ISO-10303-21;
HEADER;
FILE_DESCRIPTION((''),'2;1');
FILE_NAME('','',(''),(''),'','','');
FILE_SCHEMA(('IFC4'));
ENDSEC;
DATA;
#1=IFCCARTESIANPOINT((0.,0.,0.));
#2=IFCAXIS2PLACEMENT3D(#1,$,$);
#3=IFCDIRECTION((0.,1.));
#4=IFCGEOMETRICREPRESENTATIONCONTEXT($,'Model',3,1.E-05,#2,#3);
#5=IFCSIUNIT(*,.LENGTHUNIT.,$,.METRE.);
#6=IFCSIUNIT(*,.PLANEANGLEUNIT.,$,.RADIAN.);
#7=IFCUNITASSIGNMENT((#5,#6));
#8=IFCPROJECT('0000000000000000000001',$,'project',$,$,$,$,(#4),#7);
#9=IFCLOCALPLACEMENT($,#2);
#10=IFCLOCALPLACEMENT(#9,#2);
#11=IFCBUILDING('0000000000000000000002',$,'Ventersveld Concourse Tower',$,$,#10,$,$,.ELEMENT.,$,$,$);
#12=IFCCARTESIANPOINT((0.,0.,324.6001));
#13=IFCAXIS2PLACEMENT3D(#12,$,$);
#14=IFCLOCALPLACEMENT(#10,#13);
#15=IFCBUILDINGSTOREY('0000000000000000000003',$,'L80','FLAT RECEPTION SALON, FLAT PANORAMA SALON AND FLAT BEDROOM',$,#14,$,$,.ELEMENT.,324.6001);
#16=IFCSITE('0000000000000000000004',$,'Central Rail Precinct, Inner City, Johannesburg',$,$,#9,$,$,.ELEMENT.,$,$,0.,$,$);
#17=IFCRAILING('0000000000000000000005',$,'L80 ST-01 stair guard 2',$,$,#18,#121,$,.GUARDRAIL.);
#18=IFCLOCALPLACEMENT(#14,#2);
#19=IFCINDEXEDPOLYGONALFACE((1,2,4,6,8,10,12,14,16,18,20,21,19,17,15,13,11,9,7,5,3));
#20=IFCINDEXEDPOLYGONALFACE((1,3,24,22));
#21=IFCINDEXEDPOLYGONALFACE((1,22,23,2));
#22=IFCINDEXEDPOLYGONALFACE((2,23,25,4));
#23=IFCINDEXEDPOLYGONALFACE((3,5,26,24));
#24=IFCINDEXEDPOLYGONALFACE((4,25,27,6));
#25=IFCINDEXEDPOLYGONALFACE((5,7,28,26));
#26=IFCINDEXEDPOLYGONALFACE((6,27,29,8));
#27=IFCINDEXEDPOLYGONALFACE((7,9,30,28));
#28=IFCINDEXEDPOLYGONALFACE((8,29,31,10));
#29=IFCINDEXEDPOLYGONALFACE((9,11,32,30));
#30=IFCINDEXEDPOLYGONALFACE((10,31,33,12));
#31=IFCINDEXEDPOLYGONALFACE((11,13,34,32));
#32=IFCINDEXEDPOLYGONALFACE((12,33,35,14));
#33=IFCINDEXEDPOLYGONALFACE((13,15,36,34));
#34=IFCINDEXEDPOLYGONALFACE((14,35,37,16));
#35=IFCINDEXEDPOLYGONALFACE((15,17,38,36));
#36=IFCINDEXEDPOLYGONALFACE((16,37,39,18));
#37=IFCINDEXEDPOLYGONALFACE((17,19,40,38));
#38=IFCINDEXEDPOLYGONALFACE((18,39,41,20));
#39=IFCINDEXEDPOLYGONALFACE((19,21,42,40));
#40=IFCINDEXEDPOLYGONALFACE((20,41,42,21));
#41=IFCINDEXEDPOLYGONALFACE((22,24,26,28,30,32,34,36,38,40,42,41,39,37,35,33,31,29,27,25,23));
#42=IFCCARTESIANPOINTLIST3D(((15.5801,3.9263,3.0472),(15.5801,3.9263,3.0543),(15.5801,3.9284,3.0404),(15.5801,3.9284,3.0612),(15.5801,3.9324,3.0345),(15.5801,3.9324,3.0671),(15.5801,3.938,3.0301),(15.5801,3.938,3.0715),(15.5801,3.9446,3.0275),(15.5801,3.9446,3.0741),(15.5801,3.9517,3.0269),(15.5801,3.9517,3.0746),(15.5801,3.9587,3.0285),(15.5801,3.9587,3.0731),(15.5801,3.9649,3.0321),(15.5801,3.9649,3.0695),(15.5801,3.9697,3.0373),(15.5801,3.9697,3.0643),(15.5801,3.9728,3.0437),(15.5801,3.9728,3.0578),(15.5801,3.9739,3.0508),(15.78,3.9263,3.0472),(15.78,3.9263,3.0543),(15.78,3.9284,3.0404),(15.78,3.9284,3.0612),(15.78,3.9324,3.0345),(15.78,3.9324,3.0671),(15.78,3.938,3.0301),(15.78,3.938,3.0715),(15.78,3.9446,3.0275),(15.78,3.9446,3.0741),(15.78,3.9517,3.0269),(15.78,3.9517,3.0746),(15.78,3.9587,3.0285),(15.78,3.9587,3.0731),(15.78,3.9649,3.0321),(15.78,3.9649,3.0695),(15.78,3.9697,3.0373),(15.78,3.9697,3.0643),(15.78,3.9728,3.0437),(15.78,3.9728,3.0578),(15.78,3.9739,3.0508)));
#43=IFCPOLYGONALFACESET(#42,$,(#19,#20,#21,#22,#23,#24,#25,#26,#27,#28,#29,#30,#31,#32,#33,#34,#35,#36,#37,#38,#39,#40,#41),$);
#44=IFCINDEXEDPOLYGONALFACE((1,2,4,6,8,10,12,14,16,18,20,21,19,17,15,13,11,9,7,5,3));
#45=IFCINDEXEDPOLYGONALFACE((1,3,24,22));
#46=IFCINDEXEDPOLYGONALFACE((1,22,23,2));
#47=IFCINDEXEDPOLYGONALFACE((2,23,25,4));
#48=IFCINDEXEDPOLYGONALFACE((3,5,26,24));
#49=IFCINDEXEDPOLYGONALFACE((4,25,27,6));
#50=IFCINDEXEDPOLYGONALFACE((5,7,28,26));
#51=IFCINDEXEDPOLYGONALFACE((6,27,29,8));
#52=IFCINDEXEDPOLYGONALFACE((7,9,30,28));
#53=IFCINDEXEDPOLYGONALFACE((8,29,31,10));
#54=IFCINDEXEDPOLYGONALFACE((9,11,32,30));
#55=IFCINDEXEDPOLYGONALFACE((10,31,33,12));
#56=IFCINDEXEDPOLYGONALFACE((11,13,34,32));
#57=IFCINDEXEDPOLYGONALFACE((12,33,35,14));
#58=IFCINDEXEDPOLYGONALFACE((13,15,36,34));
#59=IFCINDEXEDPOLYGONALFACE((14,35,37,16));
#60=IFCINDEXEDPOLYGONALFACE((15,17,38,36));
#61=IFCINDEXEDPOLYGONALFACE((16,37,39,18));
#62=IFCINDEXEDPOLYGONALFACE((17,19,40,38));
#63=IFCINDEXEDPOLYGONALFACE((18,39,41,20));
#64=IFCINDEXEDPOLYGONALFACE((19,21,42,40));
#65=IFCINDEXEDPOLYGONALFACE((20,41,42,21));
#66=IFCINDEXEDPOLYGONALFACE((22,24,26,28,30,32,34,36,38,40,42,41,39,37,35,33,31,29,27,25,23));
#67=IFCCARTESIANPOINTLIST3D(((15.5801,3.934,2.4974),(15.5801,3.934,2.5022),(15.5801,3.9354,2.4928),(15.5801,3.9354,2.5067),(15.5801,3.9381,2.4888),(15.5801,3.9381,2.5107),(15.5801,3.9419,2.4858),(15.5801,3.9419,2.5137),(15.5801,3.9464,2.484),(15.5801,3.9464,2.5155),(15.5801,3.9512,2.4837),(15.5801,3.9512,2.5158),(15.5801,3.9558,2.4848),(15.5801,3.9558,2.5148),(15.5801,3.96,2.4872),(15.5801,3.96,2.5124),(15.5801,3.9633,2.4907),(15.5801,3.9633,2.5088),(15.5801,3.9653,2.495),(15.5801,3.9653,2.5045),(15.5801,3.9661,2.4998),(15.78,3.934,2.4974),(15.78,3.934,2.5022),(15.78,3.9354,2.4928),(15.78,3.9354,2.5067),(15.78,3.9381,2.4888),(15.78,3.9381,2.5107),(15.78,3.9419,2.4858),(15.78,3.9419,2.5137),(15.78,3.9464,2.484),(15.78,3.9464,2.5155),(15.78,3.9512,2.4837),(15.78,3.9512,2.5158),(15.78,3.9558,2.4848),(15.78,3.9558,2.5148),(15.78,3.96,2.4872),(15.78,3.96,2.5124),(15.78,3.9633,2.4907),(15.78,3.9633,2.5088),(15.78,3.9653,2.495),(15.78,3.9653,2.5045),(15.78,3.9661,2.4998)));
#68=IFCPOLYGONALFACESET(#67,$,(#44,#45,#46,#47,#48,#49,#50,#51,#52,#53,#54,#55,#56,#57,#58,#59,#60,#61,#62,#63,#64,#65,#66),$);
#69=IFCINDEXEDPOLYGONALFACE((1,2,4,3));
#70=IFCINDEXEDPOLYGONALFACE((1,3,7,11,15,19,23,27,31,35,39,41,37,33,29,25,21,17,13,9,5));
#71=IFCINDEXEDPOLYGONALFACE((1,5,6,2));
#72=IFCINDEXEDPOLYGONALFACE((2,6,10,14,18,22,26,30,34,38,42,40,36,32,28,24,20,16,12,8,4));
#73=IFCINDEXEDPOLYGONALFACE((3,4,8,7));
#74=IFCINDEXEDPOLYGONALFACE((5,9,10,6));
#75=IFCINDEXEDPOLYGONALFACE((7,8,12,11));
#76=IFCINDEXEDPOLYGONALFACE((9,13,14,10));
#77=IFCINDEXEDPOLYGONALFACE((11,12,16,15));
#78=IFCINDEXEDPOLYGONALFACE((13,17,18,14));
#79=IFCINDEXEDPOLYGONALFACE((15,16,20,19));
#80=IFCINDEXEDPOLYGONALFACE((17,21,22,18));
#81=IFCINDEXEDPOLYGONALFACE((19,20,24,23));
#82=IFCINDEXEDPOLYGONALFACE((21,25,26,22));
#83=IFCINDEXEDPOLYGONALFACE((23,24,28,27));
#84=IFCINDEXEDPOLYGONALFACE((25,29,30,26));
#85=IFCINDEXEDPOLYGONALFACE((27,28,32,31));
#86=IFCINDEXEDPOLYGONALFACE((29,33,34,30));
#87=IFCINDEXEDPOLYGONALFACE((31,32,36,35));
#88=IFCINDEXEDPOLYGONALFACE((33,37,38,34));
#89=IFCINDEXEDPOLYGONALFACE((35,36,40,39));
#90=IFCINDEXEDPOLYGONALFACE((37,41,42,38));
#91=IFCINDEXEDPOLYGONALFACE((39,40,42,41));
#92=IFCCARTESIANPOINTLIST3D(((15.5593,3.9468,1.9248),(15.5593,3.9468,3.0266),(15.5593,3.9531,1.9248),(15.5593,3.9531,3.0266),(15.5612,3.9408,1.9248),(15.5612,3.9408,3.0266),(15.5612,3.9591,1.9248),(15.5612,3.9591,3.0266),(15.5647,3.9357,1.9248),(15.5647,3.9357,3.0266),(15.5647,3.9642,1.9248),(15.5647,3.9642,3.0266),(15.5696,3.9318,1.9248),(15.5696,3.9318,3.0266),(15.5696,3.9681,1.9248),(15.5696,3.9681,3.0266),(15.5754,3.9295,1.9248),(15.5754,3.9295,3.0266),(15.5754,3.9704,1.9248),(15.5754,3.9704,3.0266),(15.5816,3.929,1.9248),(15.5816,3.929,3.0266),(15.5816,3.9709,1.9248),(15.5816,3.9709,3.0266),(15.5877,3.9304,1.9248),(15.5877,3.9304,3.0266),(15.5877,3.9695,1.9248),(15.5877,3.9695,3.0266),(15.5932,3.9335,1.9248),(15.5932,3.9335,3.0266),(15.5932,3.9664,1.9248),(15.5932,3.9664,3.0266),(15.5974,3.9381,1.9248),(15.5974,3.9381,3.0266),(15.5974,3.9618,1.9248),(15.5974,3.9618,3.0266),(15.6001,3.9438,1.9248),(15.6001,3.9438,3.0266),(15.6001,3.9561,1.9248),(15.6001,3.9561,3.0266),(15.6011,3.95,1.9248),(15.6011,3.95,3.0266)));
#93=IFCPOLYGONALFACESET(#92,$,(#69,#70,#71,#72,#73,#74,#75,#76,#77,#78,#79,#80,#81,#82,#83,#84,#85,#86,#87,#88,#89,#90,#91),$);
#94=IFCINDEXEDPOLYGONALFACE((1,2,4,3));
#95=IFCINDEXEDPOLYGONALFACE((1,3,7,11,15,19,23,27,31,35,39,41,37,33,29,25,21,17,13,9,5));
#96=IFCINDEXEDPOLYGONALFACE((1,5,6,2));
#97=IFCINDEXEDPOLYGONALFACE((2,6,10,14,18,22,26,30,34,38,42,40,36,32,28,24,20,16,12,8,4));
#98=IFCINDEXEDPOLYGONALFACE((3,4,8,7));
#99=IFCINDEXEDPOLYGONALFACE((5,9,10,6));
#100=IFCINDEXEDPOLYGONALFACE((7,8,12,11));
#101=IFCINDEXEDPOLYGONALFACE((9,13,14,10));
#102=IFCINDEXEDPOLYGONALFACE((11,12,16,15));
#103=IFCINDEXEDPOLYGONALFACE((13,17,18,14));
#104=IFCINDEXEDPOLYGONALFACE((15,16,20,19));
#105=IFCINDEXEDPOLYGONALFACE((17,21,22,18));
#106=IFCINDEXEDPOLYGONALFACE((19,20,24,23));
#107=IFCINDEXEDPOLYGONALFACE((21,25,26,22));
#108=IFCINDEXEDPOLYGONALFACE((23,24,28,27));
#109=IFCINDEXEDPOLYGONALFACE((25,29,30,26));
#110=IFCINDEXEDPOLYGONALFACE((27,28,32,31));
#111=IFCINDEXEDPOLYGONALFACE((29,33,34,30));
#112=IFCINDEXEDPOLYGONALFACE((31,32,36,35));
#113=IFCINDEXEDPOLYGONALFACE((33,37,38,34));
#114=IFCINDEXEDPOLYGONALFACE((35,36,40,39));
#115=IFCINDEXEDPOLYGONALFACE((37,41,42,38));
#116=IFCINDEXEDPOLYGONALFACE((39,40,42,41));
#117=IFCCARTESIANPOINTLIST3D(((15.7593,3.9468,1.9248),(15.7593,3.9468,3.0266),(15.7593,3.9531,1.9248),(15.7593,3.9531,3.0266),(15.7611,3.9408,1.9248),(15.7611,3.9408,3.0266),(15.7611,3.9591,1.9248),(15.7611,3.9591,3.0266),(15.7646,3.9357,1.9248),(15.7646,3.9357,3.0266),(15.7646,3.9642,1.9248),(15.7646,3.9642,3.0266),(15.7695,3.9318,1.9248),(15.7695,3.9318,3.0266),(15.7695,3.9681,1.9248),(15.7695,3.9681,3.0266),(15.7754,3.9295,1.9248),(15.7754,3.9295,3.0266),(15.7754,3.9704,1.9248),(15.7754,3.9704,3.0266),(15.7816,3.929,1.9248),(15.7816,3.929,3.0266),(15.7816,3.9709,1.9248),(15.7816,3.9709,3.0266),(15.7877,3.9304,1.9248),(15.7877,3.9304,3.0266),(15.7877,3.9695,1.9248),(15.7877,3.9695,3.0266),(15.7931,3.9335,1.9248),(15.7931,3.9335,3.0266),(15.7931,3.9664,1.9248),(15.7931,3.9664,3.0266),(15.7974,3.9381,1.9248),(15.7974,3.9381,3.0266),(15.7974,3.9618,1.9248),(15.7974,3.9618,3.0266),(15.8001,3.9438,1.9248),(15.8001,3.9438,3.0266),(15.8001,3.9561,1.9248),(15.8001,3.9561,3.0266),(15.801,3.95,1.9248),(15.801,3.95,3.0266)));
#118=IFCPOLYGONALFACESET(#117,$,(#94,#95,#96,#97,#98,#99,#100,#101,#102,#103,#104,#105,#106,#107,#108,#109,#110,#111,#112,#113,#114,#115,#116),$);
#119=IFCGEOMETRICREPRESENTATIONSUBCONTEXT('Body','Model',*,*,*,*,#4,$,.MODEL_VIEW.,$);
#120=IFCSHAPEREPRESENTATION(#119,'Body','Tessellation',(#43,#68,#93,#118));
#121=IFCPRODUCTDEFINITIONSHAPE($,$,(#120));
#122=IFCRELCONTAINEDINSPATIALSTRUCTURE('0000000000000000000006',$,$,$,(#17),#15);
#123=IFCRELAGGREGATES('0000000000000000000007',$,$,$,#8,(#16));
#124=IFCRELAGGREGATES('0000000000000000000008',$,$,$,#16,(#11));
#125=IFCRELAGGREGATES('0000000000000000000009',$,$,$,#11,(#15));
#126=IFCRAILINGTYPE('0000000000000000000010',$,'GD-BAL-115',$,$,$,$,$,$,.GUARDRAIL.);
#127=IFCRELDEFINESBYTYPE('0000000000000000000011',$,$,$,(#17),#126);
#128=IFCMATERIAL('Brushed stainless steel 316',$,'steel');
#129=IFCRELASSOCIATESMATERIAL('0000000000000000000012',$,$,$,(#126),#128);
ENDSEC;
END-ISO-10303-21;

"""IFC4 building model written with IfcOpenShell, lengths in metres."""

from ifc_helpers import new_model, si_unit, direction, frame, origin, origin_2d, place, context, subcontext, project, spatial, circle, extrude, material, type_object, element, save


model = new_model("IFC4")

# Units and contexts
model_context = context("Model", 3, precision=1e-05, world=origin(), true_north=direction((0.0, 1.0)))
body_context = subcontext(model_context, "Body", "Model", "MODEL_VIEW")
ifc_project = project(units=[si_unit("LENGTHUNIT", "METRE"), si_unit("PLANEANGLEUNIT", "RADIAN")], contexts=[model_context])

# Site, building, storey
site_placement = place(None, origin())
site = spatial("IfcSite", under=ifc_project, at=site_placement, Name="Central Rail Precinct, Inner City, Johannesburg", CompositionType="ELEMENT", RefElevation=0.0)
building_placement = place(site_placement, origin())
building = spatial("IfcBuilding", under=site, at=building_placement, Name="Ventersveld Concourse Tower", CompositionType="ELEMENT")
storey_placement = place(building_placement, frame((0.0, 0.0, 324.6001)))
storey = spatial("IfcBuildingStorey", under=building, at=storey_placement, Name="L80", Description="FLAT RECEPTION SALON, FLAT PANORAMA SALON AND FLAT BEDROOM", CompositionType="ELEMENT", Elevation=324.6001)

# Shared definitions
ifc_material_1 = material(Name="Brushed stainless steel 316", Category="steel")

# Railing
railing_type_1 = type_object("IfcRailingType", Name="GD-BAL-115", PredefinedType="GUARDRAIL", material=ifc_material_1)
railing_1_placement = place(storey_placement, frame((15.5801, 3.95, 1.9248)))
element("IfcRailing", 1, at=railing_1_placement, inside=storey, type_object=railing_type_1, Name="L80 ST-01 stair guard 2", PredefinedType="GUARDRAIL", context=body_context, shape_type="SweptSolid", body=[
    extrude(circle(Radius=0.0239, at=origin_2d()), frame((0.0, 0.0, 1.126), z_axis=(1.0, 0.0, 0.0), x_axis=(0.0, 1.0, 0.0)), (0.0, 0.0, 1.0), 0.2),
    extrude(circle(Radius=0.0161, at=origin_2d()), frame((0.0, 0.0, 0.575), z_axis=(1.0, 0.0, 0.0), x_axis=(0.0, 1.0, 0.0)), (0.0, 0.0, 1.0), 0.2),
    extrude(circle(Radius=0.021, at=origin_2d()), origin(), (0.0, 0.0, 1.0), 1.1018),
    extrude(circle(Radius=0.021, at=origin_2d()), frame((0.2, 0.0, 0.0)), (0.0, 0.0, 1.0), 1.1018),
])

save(model, "model.ifc")
